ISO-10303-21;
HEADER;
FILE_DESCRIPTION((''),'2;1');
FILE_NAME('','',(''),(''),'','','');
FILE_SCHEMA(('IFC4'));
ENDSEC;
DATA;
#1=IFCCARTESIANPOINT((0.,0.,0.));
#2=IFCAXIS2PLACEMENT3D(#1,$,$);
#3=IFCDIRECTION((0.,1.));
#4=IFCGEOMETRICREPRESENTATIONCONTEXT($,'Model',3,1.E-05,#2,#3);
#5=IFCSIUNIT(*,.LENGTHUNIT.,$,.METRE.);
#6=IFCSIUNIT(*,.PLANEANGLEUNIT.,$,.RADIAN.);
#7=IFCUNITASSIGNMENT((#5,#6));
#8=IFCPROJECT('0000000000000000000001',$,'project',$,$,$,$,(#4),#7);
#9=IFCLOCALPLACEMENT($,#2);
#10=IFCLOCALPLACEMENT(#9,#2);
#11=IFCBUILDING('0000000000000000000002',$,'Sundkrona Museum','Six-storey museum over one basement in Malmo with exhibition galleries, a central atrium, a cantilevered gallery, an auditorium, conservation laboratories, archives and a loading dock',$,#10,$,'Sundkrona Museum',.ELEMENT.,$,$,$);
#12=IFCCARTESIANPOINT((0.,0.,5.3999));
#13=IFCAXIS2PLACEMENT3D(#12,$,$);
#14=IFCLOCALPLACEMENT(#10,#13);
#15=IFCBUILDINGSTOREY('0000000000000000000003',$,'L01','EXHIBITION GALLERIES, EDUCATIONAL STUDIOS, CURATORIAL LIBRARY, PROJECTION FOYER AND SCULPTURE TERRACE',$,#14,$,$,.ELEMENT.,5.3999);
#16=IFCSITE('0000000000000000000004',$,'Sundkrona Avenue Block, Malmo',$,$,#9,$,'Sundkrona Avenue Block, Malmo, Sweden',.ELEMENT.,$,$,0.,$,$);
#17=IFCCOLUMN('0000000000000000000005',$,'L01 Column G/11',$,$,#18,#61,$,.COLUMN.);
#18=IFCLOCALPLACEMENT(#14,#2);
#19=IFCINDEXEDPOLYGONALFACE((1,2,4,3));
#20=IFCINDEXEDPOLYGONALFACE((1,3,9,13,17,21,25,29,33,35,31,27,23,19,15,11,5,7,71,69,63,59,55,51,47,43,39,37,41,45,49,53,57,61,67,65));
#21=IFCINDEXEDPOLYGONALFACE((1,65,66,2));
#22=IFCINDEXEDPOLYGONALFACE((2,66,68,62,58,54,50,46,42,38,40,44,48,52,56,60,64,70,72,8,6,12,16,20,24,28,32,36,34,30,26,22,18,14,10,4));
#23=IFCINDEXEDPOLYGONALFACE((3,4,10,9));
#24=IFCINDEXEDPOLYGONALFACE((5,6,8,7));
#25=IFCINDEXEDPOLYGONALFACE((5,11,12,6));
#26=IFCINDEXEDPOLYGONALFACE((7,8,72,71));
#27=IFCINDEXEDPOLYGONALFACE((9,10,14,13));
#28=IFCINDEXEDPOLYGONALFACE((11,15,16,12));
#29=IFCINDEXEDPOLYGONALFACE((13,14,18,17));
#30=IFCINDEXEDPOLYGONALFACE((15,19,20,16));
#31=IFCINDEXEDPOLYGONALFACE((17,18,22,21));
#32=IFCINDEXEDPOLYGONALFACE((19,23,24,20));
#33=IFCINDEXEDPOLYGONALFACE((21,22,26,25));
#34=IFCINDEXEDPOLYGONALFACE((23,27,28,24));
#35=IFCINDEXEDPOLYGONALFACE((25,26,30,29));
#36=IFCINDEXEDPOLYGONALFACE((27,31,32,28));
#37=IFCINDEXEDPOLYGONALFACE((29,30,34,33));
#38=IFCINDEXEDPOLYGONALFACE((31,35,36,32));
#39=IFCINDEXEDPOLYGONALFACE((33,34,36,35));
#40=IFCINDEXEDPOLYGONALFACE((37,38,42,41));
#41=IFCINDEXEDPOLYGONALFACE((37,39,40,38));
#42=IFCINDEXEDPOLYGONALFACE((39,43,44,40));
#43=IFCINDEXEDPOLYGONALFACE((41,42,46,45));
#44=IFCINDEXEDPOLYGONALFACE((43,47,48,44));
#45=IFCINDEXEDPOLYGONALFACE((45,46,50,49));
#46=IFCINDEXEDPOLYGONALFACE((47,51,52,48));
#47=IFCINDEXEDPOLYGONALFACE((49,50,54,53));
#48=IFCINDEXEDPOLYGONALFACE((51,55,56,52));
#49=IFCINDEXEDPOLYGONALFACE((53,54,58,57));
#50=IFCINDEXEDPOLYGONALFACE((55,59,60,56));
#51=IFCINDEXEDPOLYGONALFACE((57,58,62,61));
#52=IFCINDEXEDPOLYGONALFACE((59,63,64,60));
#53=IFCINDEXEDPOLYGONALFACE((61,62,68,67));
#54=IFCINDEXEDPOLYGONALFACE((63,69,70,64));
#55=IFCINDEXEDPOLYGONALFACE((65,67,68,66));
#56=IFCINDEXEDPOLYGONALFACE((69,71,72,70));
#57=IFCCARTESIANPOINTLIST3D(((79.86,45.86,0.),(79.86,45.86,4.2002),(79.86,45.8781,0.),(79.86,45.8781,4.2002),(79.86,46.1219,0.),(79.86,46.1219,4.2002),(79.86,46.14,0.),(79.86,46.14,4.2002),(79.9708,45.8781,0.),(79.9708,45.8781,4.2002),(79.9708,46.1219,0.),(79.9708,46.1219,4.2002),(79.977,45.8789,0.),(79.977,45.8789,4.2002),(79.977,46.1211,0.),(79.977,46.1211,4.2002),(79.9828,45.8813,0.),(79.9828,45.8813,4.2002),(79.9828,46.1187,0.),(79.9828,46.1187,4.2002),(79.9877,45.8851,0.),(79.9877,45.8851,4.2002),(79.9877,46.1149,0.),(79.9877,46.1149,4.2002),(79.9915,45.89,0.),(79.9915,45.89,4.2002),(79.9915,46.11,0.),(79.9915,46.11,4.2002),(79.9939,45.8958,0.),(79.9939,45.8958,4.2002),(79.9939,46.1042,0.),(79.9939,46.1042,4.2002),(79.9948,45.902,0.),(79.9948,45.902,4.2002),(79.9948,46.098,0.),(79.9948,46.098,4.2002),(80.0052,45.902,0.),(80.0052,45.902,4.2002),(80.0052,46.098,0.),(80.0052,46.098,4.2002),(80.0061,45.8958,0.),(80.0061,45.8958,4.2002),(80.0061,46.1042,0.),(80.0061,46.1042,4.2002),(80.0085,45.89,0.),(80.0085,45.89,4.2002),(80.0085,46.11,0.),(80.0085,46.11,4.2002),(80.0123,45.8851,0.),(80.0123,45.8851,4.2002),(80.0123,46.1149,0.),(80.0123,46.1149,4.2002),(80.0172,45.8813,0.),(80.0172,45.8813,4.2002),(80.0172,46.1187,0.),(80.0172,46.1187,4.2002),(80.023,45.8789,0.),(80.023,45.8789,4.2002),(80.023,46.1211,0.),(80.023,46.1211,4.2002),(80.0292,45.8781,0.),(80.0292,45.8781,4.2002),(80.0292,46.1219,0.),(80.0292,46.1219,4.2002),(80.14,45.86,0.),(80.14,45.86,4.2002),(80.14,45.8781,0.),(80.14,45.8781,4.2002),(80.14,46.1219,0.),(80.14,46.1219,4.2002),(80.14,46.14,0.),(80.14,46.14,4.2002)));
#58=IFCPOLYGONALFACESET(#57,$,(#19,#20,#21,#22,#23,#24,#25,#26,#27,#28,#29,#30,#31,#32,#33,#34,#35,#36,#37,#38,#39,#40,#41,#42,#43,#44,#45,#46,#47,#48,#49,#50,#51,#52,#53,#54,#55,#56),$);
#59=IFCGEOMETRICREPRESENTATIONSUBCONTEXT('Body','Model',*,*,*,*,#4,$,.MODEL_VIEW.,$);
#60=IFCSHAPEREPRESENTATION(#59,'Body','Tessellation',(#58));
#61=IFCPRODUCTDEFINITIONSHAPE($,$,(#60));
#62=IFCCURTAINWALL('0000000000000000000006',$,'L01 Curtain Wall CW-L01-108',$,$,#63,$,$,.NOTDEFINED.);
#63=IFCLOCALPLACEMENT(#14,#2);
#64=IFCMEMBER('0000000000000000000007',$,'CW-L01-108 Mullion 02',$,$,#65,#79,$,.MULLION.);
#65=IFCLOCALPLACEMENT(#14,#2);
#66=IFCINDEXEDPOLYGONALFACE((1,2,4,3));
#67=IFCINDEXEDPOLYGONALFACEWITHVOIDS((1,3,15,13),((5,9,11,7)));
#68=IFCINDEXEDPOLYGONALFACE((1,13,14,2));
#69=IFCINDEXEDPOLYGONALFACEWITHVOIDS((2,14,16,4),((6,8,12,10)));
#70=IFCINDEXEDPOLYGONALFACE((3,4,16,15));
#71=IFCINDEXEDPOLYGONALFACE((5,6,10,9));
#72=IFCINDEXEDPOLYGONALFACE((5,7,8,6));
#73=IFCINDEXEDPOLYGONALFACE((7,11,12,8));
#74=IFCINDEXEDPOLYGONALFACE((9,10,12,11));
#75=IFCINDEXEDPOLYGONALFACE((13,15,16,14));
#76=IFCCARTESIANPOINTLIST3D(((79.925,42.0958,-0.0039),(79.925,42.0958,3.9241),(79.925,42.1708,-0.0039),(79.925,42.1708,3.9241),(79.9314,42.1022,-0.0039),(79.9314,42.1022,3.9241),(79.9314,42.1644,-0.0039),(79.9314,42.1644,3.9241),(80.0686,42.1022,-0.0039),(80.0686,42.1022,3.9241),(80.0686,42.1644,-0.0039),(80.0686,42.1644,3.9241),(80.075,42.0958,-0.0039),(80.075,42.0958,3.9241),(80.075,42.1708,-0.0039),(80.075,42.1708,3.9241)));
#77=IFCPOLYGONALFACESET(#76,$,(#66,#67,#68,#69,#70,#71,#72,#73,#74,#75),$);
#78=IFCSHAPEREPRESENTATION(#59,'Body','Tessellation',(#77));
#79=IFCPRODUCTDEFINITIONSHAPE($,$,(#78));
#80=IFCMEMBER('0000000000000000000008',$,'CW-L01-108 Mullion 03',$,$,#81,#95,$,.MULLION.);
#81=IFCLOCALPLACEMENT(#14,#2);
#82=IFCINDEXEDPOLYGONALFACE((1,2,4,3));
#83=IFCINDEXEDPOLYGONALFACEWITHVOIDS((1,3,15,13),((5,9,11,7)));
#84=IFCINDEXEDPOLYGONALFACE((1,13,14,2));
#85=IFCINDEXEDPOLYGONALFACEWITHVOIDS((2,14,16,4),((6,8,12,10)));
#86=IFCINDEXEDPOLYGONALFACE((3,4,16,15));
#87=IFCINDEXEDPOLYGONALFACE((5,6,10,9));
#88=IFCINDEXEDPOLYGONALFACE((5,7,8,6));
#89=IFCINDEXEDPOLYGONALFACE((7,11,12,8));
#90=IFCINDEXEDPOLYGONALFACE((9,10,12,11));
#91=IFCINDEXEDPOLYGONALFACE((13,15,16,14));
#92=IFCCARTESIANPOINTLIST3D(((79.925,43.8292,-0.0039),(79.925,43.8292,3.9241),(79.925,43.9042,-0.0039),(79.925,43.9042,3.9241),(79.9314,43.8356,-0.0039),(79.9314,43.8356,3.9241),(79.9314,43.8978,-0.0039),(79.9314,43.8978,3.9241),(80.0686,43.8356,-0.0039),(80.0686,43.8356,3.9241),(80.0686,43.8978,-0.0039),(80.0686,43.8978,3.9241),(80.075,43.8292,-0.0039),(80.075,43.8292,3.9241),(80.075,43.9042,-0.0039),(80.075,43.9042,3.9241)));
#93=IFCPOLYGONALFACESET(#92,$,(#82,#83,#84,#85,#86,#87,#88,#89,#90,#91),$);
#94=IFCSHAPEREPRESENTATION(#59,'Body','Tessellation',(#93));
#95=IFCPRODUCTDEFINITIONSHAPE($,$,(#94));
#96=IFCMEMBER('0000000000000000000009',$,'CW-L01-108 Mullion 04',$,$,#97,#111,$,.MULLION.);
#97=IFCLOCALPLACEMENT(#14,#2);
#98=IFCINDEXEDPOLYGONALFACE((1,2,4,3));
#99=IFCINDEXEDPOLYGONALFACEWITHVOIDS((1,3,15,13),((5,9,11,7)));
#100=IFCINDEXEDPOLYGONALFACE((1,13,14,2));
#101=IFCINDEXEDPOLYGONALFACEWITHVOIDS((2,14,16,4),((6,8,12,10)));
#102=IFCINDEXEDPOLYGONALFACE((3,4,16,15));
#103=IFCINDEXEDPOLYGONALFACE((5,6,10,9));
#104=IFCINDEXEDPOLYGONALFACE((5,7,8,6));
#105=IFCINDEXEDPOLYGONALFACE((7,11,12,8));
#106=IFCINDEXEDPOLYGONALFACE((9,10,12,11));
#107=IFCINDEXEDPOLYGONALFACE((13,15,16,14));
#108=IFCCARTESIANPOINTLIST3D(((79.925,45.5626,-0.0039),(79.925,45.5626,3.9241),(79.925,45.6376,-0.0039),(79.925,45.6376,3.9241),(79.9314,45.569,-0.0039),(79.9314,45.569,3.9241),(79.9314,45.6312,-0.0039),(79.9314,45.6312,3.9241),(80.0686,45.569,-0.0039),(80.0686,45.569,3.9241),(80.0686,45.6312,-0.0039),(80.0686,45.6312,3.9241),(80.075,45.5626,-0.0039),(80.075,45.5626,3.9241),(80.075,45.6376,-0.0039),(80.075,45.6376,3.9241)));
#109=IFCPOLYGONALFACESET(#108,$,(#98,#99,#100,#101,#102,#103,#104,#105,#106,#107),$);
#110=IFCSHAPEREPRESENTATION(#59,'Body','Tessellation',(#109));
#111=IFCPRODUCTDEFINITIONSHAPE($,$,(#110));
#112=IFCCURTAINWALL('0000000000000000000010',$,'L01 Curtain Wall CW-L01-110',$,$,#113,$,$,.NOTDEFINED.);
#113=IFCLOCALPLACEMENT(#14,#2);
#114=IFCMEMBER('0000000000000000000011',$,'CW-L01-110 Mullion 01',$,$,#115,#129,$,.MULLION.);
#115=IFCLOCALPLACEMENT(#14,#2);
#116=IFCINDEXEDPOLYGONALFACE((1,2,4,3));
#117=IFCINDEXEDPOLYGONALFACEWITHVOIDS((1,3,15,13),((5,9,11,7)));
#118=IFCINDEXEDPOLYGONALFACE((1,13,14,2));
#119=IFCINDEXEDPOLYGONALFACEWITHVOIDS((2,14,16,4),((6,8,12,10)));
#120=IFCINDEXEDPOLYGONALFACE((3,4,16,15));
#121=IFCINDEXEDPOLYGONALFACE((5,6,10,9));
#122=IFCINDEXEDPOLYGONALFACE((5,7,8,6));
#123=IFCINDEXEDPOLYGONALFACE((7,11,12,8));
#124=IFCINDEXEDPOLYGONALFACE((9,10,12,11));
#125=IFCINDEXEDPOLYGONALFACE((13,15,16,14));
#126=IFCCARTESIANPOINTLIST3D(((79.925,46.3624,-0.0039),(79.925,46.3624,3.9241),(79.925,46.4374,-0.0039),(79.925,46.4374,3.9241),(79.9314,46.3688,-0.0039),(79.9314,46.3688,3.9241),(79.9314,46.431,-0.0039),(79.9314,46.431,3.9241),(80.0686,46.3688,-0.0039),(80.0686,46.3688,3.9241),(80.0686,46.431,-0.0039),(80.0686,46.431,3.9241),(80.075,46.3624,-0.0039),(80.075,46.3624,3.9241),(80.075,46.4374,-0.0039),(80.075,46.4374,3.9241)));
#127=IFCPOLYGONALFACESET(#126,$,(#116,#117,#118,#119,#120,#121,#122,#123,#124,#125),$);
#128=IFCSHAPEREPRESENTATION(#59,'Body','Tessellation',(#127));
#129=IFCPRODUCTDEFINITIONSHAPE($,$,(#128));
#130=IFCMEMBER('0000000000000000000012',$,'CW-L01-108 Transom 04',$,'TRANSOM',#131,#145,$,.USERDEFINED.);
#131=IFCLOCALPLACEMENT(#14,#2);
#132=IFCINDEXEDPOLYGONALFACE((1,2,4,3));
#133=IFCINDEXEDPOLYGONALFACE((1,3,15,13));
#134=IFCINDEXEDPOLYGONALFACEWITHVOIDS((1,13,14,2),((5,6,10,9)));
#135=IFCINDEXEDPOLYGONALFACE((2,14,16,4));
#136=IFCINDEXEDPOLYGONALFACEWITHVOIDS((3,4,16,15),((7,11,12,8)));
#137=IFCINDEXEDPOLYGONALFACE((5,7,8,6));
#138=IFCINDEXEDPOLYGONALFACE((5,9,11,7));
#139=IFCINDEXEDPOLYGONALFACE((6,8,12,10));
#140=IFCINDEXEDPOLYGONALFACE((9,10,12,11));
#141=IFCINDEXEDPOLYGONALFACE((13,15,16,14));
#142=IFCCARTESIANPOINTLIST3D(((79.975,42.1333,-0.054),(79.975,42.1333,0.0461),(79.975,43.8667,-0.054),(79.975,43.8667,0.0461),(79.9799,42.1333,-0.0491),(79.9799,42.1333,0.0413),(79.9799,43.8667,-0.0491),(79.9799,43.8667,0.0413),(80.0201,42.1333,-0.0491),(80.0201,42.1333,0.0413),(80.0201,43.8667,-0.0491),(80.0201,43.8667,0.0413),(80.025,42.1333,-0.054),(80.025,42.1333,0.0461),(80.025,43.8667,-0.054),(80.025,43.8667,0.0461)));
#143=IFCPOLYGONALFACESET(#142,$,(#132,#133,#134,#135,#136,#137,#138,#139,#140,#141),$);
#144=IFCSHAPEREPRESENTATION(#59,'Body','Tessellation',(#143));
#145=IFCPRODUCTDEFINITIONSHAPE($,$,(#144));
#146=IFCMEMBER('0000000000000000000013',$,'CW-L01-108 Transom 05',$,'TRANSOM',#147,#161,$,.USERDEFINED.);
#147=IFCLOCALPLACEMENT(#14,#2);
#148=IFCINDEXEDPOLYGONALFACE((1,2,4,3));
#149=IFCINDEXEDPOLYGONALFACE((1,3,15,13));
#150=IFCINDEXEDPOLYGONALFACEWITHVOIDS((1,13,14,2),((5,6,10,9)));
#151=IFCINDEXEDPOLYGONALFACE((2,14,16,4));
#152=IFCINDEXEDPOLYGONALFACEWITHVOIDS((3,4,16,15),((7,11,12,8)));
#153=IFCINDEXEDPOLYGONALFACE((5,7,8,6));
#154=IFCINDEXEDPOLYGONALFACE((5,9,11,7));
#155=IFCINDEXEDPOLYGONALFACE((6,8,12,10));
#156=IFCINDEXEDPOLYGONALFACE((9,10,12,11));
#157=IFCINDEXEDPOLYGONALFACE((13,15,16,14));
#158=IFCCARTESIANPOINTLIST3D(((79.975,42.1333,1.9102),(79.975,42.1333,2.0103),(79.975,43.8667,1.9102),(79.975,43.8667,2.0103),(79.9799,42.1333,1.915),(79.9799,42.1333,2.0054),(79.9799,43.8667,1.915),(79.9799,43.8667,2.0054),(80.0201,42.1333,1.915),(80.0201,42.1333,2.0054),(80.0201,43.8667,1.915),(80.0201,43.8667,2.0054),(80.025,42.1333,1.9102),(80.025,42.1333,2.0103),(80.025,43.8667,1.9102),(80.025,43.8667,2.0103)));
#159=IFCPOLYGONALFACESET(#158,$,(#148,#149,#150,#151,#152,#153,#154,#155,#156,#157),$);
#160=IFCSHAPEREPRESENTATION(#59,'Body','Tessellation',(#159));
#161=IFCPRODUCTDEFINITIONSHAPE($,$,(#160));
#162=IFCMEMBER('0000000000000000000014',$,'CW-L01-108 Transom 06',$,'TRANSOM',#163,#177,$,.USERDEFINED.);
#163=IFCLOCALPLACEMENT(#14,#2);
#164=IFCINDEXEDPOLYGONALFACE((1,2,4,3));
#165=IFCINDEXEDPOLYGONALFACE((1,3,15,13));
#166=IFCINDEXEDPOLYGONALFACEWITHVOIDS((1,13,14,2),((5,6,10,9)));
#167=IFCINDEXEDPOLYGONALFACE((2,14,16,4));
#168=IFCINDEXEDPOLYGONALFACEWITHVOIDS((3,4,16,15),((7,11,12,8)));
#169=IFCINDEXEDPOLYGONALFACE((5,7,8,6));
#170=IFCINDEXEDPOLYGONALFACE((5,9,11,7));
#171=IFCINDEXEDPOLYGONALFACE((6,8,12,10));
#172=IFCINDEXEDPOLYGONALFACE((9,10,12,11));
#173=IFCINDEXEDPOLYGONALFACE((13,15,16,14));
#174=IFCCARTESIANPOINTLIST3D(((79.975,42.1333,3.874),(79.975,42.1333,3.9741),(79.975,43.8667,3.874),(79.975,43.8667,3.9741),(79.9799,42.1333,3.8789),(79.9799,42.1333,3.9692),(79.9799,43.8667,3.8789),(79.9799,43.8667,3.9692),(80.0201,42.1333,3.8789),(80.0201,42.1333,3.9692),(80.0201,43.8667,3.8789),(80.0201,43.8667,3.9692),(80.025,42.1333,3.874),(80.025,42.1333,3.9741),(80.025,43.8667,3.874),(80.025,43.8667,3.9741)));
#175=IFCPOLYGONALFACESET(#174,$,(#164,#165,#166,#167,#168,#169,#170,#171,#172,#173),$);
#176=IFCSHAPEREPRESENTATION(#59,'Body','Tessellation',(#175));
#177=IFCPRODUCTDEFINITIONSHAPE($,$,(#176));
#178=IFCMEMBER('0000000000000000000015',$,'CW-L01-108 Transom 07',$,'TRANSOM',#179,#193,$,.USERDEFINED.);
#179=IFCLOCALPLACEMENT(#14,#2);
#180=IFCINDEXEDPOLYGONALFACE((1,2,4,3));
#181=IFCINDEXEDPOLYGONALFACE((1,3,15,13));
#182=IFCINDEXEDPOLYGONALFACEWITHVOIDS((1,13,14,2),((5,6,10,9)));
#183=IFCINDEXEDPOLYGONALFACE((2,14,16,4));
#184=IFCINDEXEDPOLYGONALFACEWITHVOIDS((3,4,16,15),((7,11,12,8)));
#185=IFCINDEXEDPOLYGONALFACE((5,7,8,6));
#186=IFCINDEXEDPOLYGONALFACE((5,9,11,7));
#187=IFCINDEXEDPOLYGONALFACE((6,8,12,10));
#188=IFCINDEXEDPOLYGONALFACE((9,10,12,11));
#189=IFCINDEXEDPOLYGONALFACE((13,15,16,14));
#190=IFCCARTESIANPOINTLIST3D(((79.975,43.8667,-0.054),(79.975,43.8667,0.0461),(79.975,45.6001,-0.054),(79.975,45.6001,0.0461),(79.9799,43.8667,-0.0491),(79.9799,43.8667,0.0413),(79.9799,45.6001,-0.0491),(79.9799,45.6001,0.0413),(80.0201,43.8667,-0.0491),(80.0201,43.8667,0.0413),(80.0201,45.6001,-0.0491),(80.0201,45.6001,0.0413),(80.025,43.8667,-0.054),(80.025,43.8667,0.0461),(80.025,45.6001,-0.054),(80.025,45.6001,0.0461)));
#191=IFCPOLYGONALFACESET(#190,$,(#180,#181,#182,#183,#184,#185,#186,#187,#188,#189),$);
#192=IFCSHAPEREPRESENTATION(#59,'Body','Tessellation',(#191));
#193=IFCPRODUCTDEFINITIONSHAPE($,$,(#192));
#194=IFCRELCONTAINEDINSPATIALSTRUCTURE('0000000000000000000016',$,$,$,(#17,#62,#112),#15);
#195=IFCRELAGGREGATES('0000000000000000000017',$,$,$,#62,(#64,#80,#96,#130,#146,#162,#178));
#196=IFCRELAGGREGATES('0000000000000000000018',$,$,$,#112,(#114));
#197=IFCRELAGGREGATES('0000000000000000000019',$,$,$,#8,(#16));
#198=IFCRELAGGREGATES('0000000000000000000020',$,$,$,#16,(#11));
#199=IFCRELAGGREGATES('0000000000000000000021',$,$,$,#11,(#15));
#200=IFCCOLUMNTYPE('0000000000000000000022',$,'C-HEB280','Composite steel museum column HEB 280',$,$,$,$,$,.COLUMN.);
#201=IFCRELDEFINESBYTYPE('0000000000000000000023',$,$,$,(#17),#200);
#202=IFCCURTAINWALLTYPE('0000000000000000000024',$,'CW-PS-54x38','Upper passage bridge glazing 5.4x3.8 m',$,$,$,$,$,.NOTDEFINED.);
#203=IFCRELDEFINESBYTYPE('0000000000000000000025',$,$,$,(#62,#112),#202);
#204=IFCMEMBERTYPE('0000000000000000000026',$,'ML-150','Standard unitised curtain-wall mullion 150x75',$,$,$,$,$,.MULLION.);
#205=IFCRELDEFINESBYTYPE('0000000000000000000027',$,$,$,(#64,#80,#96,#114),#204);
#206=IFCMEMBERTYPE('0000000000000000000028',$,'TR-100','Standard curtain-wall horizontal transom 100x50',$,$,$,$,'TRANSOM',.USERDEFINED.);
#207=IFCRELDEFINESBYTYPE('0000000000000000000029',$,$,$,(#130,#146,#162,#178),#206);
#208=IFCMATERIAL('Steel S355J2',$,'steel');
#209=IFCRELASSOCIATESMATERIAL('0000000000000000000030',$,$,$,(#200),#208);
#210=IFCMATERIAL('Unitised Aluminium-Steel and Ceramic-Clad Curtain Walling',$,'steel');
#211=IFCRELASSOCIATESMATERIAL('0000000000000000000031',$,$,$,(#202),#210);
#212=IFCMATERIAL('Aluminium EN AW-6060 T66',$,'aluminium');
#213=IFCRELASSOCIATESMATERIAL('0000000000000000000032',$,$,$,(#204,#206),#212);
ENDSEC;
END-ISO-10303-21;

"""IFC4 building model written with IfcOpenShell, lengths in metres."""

from ifc_helpers import new_model, si_unit, direction, frame, origin, origin_2d, place, context, subcontext, project, spatial, hollow_rectangle, i_section, extrude, material, material_profile, profile_set, type_object, element, aggregate, save


model = new_model("IFC4")

# Units and contexts
model_context = context("Model", 3, precision=1e-05, world=origin(), true_north=direction((0.0, 1.0)))
body_context = subcontext(model_context, "Body", "Model", "MODEL_VIEW")
ifc_project = project(units=[si_unit("LENGTHUNIT", "METRE"), si_unit("PLANEANGLEUNIT", "RADIAN")], contexts=[model_context])

# Site, building, storey
site_placement = place(None, origin())
site = spatial("IfcSite", under=ifc_project, at=site_placement, Name="Sundkrona Avenue Block, Malmo", LongName="Sundkrona Avenue Block, Malmo, Sweden", CompositionType="ELEMENT", RefElevation=0.0)
building_placement = place(site_placement, origin())
building = spatial("IfcBuilding", under=site, at=building_placement, Name="Sundkrona Museum", Description="Six-storey museum over one basement in Malmo with exhibition galleries, a central atrium, a cantilevered gallery, an auditorium, conservation laboratories, archives and a loading dock", LongName="Sundkrona Museum", CompositionType="ELEMENT")
storey_placement = place(building_placement, frame((0.0, 0.0, 5.3999)))
storey = spatial("IfcBuildingStorey", under=building, at=storey_placement, Name="L01", Description="EXHIBITION GALLERIES, EDUCATIONAL STUDIOS, CURATORIAL LIBRARY, PROJECTION FOYER AND SCULPTURE TERRACE", CompositionType="ELEMENT", Elevation=5.3999)

# Column
ifc_material_1 = material(Name="Steel S355J2", Category="steel")
ifc_material_profile_1 = material_profile(ifc_material_1, i_section(OverallWidth=0.28, OverallDepth=0.28, WebThickness=0.0105, FlangeThickness=0.0181, FilletRadius=0.0239, at=origin_2d()), Name="HEB 280")
ifc_profile_set_1 = profile_set([ifc_material_profile_1], Name="Steel S355J2")
column_type = type_object("IfcColumnType", Name="C-HEB280", Description="Composite steel museum column HEB 280", PredefinedType="COLUMN", material=ifc_profile_set_1)
column_placement = place(storey_placement, frame((80.0, 46.0, 0.0), z_axis=(0.0, 0.0, 1.0), x_axis=(1.0, 0.0, 0.0)))
element("IfcColumn", 1, at=column_placement, inside=storey, type_object=column_type, Name="L01 Column G/11", PredefinedType="COLUMN", context=body_context, shape_type="SweptSolid", body=[
    extrude(i_section(OverallWidth=0.28, OverallDepth=0.28, WebThickness=0.0105, FlangeThickness=0.0181, FilletRadius=0.0239, at=origin_2d()), origin(), (0.0, 0.0, 1.0), 4.2002),
])

# Curtain wall, members
ifc_material_2 = material(Name="Unitised Aluminium-Steel and Ceramic-Clad Curtain Walling", Category="steel")
curtain_wall_type = type_object("IfcCurtainWallType", Name="CW-PS-54x38", Description="Upper passage bridge glazing 5.4x3.8 m", PredefinedType="NOTDEFINED", material=ifc_material_2)
curtain_wall_1_placement = place(storey_placement, origin())
curtain_wall_1 = element("IfcCurtainWall", 2, at=curtain_wall_1_placement, inside=storey, type_object=curtain_wall_type, Name="L01 Curtain Wall CW-L01-108", PredefinedType="NOTDEFINED")
ifc_material_3 = material(Name="Aluminium EN AW-6060 T66", Category="aluminium")
ifc_material_profile_2 = material_profile(ifc_material_3, hollow_rectangle(XDim=0.075, YDim=0.1499, WallThickness=0.0063, at=origin_2d()), Name="RHS 150x75x6.3")
ifc_profile_set_2 = profile_set([ifc_material_profile_2], Name="Aluminium EN AW-6060 T66")
member_type_1 = type_object("IfcMemberType", Name="ML-150", Description="Standard unitised curtain-wall mullion 150x75", PredefinedType="MULLION", material=ifc_profile_set_2)
member_1_placement = place(storey_placement, frame((80.0, 42.1333, -0.0039), z_axis=(0.0, 0.0, 1.0), x_axis=(0.0, 1.0, 0.0)))
member_1 = element("IfcMember", 3, at=member_1_placement, type_object=member_type_1, Name="CW-L01-108 Mullion 02", PredefinedType="MULLION", context=body_context, shape_type="SweptSolid", body=[
    extrude(hollow_rectangle(XDim=0.075, YDim=0.1499, WallThickness=0.0063, at=origin_2d()), origin(), (0.0, 0.0, 1.0), 3.928),
])
member_2_placement = place(storey_placement, frame((80.0, 43.8667, -0.0039), z_axis=(0.0, 0.0, 1.0), x_axis=(0.0, 1.0, 0.0)))
member_2 = element("IfcMember", 4, at=member_2_placement, type_object=member_type_1, Name="CW-L01-108 Mullion 03", PredefinedType="MULLION", context=body_context, shape_type="SweptSolid", body=[
    extrude(hollow_rectangle(XDim=0.075, YDim=0.1499, WallThickness=0.0063, at=origin_2d()), origin(), (0.0, 0.0, 1.0), 3.928),
])
member_3_placement = place(storey_placement, frame((80.0, 45.6001, -0.0039), z_axis=(0.0, 0.0, 1.0), x_axis=(0.0, 1.0, 0.0)))
member_3 = element("IfcMember", 5, at=member_3_placement, type_object=member_type_1, Name="CW-L01-108 Mullion 04", PredefinedType="MULLION", context=body_context, shape_type="SweptSolid", body=[
    extrude(hollow_rectangle(XDim=0.075, YDim=0.1499, WallThickness=0.0063, at=origin_2d()), origin(), (0.0, 0.0, 1.0), 3.928),
])

# Curtain wall, member
curtain_wall_2_placement = place(storey_placement, origin())
curtain_wall_2 = element("IfcCurtainWall", 6, at=curtain_wall_2_placement, inside=storey, type_object=curtain_wall_type, Name="L01 Curtain Wall CW-L01-110", PredefinedType="NOTDEFINED")
member_4_placement = place(storey_placement, frame((80.0, 46.3999, -0.0039), z_axis=(0.0, 0.0, 1.0), x_axis=(0.0, 1.0, 0.0)))
member_4 = element("IfcMember", 7, at=member_4_placement, type_object=member_type_1, Name="CW-L01-110 Mullion 01", PredefinedType="MULLION", context=body_context, shape_type="SweptSolid", body=[
    extrude(hollow_rectangle(XDim=0.075, YDim=0.1499, WallThickness=0.0063, at=origin_2d()), origin(), (0.0, 0.0, 1.0), 3.928),
])

# Members
ifc_material_profile_3 = material_profile(ifc_material_3, hollow_rectangle(XDim=0.05, YDim=0.1001, WallThickness=0.0049, at=origin_2d()), Name="RHS 100x50x5.0")
ifc_profile_set_3 = profile_set([ifc_material_profile_3], Name="Aluminium EN AW-6060 T66")
member_type_2 = type_object("IfcMemberType", Name="TR-100", Description="Standard curtain-wall horizontal transom 100x50", ElementType="TRANSOM", PredefinedType="USERDEFINED", material=ifc_profile_set_3)
member_5_placement = place(storey_placement, frame((80.0, 42.1333, -0.0039), z_axis=(0.0, 1.0, 0.0), x_axis=(-1.0, 0.0, 0.0)))
member_5 = element("IfcMember", 8, at=member_5_placement, type_object=member_type_2, Name="CW-L01-108 Transom 04", ObjectType="TRANSOM", PredefinedType="USERDEFINED", context=body_context, shape_type="SweptSolid", body=[
    extrude(hollow_rectangle(XDim=0.05, YDim=0.1001, WallThickness=0.0049, at=origin_2d()), origin(), (0.0, 0.0, 1.0), 1.7334),
])
member_6_placement = place(storey_placement, frame((80.0, 42.1333, 1.9602), z_axis=(0.0, 1.0, 0.0), x_axis=(-1.0, 0.0, 0.0)))
member_6 = element("IfcMember", 9, at=member_6_placement, type_object=member_type_2, Name="CW-L01-108 Transom 05", ObjectType="TRANSOM", PredefinedType="USERDEFINED", context=body_context, shape_type="SweptSolid", body=[
    extrude(hollow_rectangle(XDim=0.05, YDim=0.1001, WallThickness=0.0049, at=origin_2d()), origin(), (0.0, 0.0, 1.0), 1.7334),
])
member_7_placement = place(storey_placement, frame((80.0, 42.1333, 3.9241), z_axis=(0.0, 1.0, 0.0), x_axis=(-1.0, 0.0, 0.0)))
member_7 = element("IfcMember", 10, at=member_7_placement, type_object=member_type_2, Name="CW-L01-108 Transom 06", ObjectType="TRANSOM", PredefinedType="USERDEFINED", context=body_context, shape_type="SweptSolid", body=[
    extrude(hollow_rectangle(XDim=0.05, YDim=0.1001, WallThickness=0.0049, at=origin_2d()), origin(), (0.0, 0.0, 1.0), 1.7334),
])
member_8_placement = place(storey_placement, frame((80.0, 43.8667, -0.0039), z_axis=(0.0, 1.0, 0.0), x_axis=(-1.0, 0.0, 0.0)))
member_8 = element("IfcMember", 11, at=member_8_placement, type_object=member_type_2, Name="CW-L01-108 Transom 07", ObjectType="TRANSOM", PredefinedType="USERDEFINED", context=body_context, shape_type="SweptSolid", body=[
    extrude(hollow_rectangle(XDim=0.05, YDim=0.1001, WallThickness=0.0049, at=origin_2d()), origin(), (0.0, 0.0, 1.0), 1.7334),
])

aggregate(curtain_wall_1, [member_1, member_2, member_3, member_5, member_6, member_7, member_8])
aggregate(curtain_wall_2, [member_4])

save(model, "model.ifc")
